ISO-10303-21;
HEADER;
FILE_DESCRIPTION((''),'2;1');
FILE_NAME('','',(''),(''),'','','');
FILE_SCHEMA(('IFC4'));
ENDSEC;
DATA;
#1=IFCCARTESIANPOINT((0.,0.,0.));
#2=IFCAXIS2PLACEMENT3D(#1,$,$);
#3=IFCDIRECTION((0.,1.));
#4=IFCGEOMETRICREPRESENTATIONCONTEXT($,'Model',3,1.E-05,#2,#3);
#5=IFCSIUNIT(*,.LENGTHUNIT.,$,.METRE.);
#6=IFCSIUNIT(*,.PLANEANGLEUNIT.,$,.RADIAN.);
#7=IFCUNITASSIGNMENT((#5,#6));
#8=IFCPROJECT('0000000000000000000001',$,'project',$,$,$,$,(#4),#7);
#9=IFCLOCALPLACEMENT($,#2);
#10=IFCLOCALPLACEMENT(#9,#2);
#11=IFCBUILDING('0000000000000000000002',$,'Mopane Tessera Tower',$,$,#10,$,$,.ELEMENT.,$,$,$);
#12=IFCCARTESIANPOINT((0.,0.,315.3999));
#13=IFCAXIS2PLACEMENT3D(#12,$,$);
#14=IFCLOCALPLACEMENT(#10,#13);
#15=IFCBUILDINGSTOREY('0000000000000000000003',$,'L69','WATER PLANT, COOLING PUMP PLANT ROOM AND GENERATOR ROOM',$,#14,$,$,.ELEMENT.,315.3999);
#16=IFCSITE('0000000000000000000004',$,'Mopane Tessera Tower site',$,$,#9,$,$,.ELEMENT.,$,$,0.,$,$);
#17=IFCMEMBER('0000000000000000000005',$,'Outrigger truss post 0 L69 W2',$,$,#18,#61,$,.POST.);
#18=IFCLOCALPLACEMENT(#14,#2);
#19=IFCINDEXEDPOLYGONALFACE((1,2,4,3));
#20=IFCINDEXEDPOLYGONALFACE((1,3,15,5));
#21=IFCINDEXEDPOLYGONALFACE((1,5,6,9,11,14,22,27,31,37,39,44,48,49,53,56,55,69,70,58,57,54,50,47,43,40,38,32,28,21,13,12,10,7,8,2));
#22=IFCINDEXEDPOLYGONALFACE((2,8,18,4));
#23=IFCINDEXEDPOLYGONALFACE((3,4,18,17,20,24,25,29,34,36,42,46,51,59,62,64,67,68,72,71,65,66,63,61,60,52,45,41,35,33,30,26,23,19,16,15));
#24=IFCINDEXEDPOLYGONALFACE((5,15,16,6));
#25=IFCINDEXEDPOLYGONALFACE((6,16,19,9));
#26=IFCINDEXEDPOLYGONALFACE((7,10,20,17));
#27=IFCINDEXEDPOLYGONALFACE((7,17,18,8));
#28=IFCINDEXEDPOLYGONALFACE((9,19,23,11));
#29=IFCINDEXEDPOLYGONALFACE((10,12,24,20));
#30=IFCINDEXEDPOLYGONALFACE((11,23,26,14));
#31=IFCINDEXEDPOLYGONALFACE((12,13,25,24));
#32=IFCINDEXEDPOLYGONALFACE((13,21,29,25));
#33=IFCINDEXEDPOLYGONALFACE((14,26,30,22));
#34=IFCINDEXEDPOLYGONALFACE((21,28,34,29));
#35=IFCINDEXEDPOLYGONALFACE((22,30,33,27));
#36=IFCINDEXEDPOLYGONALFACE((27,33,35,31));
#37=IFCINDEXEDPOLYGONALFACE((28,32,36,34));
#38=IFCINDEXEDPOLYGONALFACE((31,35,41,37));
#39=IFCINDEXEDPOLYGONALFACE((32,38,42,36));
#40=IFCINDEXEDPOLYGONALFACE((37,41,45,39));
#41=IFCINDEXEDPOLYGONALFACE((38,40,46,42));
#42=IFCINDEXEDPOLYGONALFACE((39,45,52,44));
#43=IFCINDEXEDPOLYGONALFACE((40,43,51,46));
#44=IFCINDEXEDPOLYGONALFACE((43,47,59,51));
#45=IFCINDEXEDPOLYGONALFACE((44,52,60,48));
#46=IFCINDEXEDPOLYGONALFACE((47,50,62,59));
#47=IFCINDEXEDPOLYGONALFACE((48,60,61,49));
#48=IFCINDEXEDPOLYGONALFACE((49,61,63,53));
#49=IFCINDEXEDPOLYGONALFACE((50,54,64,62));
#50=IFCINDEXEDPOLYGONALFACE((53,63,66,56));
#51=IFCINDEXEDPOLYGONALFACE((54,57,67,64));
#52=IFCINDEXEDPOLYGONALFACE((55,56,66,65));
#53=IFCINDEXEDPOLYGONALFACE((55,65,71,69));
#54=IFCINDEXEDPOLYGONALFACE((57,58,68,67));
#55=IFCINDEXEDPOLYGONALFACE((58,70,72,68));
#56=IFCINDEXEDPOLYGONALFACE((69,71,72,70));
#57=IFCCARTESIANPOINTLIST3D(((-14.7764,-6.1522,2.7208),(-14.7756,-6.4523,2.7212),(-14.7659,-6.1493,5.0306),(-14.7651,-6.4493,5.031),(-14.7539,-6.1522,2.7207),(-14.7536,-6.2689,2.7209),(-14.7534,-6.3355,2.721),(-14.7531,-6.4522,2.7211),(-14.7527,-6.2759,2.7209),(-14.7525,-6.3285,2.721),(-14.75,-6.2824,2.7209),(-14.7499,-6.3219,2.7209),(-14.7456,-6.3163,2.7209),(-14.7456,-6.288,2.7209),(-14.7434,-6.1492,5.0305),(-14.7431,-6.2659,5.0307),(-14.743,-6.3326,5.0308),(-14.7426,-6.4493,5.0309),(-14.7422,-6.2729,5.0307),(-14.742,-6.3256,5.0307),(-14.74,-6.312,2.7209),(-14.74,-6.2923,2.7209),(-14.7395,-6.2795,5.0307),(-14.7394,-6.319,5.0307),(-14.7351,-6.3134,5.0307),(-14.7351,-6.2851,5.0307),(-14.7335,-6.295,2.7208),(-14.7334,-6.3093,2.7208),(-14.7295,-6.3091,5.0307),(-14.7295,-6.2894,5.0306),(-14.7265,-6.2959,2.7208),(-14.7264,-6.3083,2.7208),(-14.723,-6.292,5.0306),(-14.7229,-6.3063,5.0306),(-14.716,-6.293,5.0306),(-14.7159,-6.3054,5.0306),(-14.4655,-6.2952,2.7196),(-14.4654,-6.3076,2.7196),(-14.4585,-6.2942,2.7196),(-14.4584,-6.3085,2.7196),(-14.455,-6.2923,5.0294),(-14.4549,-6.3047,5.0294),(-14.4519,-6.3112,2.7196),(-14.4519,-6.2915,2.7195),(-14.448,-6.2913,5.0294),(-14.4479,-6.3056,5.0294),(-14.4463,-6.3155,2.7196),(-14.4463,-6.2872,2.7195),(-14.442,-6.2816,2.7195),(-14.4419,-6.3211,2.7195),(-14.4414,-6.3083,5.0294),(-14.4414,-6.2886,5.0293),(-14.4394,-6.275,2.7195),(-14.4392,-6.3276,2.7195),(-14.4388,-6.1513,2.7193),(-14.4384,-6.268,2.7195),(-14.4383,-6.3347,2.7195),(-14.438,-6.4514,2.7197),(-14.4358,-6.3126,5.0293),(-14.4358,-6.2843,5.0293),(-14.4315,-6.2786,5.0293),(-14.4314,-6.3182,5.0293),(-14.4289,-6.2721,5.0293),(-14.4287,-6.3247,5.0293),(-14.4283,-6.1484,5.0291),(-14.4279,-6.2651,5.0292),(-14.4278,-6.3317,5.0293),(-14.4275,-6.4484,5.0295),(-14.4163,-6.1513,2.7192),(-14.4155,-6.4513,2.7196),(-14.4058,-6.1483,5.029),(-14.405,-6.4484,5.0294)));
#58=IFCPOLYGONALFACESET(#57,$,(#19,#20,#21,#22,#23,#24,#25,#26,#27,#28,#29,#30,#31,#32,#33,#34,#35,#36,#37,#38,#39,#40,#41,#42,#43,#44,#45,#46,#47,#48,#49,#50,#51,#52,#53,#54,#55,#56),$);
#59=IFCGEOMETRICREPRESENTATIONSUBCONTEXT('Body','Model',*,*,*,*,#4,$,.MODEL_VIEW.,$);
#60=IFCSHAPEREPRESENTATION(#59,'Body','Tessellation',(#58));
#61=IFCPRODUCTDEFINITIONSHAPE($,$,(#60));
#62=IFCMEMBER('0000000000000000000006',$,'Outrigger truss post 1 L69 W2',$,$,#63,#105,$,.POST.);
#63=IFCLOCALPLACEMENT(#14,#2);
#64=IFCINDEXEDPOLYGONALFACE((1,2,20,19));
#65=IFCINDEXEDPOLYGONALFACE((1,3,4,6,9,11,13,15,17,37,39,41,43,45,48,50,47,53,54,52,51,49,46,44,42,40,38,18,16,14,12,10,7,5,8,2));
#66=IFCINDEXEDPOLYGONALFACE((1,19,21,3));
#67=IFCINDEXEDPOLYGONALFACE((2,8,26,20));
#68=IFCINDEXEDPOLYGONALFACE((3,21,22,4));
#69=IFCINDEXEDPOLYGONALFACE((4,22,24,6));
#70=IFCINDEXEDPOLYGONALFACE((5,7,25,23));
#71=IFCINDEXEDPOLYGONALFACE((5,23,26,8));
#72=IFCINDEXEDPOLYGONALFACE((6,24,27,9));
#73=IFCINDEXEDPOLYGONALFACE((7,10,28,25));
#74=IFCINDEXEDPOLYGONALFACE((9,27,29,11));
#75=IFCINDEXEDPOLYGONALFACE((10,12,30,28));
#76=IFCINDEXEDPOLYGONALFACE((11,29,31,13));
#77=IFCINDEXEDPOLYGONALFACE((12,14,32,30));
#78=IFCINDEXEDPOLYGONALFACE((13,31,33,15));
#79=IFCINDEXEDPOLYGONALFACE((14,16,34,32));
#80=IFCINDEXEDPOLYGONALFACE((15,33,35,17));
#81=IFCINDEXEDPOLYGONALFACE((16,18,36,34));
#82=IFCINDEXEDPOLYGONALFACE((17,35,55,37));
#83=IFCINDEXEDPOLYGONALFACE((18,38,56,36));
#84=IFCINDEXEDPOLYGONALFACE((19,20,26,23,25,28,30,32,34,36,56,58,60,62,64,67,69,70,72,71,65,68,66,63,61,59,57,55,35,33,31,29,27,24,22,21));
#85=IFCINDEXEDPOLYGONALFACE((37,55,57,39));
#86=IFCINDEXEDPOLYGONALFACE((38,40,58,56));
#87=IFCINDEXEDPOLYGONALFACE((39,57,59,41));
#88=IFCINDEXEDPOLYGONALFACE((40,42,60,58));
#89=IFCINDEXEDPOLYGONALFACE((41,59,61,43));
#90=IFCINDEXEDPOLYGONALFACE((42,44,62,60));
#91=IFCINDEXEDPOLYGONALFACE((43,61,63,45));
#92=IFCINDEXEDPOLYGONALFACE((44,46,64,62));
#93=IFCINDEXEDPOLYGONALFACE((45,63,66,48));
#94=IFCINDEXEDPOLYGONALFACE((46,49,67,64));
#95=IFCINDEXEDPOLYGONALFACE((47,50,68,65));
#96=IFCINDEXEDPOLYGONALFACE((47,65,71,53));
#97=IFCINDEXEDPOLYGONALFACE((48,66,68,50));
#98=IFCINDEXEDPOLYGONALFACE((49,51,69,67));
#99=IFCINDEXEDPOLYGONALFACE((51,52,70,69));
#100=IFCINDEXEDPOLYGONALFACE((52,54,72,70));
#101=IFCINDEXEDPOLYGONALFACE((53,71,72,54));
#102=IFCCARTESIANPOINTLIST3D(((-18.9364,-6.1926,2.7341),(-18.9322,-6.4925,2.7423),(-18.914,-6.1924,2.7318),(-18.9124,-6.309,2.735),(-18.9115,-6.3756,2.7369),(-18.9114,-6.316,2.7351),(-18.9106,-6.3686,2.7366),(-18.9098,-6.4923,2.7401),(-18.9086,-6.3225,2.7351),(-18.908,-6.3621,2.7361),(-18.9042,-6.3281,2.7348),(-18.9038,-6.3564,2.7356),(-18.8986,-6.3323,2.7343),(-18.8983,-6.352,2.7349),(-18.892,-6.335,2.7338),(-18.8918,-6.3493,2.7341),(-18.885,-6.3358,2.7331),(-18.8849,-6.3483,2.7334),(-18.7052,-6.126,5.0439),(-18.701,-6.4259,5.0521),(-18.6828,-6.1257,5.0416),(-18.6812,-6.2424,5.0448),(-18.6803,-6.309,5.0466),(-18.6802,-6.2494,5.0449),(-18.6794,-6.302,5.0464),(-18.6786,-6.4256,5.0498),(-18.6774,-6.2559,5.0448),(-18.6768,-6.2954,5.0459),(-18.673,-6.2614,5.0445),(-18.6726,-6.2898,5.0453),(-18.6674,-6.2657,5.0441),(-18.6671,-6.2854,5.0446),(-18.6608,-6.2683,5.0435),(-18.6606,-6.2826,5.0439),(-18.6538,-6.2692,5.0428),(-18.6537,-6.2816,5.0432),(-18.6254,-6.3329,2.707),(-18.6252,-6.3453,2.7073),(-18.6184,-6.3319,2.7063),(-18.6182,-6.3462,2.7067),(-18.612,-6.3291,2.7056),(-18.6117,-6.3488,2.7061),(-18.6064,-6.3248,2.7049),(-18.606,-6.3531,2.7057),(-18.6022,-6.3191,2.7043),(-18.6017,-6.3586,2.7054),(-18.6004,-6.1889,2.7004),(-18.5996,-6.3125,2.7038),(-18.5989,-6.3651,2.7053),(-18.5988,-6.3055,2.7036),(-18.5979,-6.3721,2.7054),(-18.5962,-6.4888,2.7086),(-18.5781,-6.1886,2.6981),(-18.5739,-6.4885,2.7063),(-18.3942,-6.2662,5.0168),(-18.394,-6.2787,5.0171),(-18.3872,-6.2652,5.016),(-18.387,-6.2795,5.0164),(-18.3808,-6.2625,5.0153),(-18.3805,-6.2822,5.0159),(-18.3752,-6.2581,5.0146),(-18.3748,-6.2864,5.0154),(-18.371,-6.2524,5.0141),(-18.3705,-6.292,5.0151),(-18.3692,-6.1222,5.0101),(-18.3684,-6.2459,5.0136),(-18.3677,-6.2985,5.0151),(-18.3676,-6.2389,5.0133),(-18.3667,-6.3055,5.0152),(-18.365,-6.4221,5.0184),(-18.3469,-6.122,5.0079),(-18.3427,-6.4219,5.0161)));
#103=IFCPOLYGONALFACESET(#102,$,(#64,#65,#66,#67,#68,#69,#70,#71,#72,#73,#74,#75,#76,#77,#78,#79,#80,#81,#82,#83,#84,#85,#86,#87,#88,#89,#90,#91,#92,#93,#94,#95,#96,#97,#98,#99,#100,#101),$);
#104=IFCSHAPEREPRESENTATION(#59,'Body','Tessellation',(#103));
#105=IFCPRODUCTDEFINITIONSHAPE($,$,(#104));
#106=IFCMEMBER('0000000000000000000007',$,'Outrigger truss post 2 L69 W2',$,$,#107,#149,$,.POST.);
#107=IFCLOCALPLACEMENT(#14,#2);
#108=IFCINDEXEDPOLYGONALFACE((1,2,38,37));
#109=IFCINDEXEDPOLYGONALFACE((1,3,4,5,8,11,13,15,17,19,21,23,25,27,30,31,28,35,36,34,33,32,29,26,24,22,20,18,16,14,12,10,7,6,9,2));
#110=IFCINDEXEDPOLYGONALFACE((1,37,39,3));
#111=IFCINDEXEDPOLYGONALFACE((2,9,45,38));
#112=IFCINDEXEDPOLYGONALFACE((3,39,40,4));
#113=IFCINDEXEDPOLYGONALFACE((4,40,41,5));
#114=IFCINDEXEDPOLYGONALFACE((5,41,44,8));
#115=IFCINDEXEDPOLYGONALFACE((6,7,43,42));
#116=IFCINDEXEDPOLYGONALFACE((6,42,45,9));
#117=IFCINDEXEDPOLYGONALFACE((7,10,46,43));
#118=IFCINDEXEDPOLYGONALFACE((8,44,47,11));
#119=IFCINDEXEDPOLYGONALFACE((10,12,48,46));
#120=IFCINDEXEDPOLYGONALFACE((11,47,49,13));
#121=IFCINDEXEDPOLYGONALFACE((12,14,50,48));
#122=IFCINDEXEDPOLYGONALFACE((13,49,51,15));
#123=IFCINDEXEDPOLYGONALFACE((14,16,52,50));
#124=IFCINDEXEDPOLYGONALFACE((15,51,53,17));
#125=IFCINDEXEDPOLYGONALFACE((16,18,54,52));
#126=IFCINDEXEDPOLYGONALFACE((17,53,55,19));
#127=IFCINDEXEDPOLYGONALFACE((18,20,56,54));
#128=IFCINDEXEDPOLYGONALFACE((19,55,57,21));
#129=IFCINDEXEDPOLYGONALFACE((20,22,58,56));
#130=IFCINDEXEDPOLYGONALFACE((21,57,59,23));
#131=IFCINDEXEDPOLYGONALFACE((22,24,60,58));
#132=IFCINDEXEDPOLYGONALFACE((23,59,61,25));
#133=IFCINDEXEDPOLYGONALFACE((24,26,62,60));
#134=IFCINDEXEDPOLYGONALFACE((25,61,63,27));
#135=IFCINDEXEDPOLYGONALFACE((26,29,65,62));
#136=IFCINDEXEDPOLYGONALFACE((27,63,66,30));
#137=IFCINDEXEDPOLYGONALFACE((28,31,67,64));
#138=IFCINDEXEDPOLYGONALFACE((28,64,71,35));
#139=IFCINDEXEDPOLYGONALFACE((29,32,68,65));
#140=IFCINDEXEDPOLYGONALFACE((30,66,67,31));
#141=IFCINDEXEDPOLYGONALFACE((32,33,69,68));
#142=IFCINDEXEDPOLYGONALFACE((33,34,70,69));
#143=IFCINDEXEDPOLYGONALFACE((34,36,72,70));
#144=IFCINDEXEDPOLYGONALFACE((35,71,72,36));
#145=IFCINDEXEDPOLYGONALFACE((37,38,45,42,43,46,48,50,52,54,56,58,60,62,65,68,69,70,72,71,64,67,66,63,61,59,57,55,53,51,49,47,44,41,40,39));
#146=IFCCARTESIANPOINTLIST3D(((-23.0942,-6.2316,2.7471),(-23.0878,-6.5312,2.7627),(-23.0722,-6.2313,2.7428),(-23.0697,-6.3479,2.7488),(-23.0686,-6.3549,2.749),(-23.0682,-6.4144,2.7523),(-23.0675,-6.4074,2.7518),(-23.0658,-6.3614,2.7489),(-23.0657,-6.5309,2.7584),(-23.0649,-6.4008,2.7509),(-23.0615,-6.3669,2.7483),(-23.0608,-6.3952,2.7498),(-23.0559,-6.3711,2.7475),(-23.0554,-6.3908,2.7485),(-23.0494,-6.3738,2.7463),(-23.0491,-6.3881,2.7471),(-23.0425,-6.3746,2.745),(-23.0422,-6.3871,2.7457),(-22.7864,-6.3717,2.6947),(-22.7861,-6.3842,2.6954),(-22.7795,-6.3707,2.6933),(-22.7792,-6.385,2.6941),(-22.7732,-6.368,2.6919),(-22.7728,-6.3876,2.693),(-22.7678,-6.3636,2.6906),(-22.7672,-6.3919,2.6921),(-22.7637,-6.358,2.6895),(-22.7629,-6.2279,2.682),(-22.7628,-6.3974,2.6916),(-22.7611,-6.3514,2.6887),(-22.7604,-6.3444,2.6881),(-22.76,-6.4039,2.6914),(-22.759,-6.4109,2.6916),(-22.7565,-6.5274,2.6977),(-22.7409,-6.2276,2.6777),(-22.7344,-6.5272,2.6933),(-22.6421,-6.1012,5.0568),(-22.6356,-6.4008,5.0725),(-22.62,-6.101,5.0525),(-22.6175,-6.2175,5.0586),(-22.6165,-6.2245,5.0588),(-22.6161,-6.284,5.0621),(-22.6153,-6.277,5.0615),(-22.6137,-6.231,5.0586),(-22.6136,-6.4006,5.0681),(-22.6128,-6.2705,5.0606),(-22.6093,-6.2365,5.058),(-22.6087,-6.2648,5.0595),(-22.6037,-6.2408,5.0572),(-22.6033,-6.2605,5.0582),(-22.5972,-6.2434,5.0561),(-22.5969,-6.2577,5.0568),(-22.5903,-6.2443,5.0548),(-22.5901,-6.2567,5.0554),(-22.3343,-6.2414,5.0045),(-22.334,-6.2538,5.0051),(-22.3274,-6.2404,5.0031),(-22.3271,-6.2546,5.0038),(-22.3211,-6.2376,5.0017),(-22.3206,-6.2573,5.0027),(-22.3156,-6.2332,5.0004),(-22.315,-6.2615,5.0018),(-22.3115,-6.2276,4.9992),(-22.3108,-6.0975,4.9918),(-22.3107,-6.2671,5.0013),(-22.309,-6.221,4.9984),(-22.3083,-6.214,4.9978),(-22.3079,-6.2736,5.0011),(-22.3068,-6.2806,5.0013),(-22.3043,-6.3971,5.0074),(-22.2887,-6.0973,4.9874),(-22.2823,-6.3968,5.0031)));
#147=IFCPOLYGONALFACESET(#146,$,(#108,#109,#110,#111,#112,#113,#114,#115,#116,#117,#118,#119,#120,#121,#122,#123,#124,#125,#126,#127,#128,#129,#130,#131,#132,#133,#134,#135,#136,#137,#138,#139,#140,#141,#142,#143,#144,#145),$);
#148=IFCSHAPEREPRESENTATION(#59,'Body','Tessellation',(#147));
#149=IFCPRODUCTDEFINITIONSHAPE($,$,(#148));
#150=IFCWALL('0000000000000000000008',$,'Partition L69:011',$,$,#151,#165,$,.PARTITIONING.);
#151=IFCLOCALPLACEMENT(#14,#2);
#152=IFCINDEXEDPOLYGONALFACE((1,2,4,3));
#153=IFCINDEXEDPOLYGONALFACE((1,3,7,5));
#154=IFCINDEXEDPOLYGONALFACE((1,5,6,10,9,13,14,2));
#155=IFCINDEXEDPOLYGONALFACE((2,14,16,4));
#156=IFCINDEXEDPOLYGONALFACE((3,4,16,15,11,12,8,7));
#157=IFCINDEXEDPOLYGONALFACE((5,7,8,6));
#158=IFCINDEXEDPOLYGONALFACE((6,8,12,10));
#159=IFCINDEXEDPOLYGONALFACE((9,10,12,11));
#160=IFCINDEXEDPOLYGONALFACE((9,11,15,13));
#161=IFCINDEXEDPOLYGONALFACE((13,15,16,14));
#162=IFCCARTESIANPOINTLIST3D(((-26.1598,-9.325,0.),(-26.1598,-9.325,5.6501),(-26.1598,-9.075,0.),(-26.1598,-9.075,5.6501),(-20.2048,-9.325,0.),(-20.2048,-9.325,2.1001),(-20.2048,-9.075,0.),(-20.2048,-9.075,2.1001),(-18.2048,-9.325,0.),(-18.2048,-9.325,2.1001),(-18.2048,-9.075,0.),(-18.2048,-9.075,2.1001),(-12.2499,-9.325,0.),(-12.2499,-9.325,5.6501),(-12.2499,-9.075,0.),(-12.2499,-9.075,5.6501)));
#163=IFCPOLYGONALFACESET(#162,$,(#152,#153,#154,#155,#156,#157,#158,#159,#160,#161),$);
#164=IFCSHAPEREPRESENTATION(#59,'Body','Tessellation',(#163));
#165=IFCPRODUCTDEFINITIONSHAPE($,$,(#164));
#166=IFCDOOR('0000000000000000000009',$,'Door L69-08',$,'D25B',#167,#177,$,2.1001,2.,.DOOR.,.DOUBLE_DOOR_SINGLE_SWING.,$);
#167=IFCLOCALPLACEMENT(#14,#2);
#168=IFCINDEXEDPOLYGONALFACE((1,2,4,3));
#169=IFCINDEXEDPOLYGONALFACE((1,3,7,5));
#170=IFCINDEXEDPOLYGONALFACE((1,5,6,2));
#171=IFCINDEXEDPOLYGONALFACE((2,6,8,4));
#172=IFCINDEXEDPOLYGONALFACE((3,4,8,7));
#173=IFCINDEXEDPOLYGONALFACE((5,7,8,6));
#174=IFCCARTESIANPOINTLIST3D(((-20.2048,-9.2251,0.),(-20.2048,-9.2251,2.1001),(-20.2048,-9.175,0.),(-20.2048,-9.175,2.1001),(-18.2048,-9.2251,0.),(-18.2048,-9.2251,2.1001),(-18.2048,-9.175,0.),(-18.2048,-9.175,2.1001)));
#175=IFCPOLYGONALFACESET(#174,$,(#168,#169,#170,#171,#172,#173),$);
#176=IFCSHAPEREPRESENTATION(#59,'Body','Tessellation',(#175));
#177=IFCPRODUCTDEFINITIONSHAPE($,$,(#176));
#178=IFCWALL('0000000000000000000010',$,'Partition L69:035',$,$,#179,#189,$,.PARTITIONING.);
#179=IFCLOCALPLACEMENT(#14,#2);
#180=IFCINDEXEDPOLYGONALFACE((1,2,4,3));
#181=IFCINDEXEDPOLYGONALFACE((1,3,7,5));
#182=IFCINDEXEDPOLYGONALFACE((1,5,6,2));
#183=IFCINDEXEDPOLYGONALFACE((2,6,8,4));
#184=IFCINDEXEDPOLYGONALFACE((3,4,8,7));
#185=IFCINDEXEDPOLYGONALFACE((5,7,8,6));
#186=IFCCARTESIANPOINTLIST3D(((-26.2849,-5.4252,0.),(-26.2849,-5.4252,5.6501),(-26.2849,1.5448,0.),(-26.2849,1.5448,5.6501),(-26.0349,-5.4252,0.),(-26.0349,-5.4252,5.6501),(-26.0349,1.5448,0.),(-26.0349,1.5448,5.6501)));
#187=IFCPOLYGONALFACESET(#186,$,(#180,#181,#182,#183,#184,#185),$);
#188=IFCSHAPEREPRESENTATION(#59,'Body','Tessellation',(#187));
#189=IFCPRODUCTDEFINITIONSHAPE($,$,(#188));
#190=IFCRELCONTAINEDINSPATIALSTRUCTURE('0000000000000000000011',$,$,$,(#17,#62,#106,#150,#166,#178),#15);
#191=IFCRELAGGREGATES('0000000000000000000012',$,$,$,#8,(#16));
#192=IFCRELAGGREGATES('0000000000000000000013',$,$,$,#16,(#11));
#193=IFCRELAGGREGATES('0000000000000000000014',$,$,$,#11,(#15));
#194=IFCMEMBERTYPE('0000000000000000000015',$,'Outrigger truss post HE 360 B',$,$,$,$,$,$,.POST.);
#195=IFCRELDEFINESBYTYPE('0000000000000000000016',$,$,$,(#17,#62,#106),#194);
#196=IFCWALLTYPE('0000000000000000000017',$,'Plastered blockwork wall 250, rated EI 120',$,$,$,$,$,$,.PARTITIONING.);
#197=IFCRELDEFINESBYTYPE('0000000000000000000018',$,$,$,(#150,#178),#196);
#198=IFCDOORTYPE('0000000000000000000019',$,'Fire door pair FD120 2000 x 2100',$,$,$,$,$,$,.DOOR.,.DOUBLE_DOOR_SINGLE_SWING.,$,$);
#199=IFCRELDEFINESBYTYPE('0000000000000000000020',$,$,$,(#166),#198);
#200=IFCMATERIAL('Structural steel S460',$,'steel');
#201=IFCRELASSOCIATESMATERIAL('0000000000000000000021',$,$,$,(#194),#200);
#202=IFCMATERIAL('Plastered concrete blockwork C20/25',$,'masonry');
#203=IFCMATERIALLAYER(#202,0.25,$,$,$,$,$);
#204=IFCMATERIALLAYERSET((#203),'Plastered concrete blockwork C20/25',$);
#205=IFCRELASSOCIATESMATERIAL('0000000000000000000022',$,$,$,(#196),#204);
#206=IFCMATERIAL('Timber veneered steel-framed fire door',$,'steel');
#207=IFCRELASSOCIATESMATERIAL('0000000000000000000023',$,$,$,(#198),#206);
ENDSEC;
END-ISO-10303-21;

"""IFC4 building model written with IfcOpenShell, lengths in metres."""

from ifc_helpers import new_model, si_unit, direction, frame, frame_2d, origin, origin_2d, place, context, subcontext, project, spatial, rectangle, i_section, extrude, material, layer, layer_set, material_profile, profile_set, type_object, element, fill, save


model = new_model("IFC4")

# Units and contexts
model_context = context("Model", 3, precision=1e-05, world=origin(), true_north=direction((0.0, 1.0)))
body_context = subcontext(model_context, "Body", "Model", "MODEL_VIEW")
ifc_project = project(units=[si_unit("LENGTHUNIT", "METRE"), si_unit("PLANEANGLEUNIT", "RADIAN")], contexts=[model_context])

# Site, building, storey
site_placement = place(None, origin())
site = spatial("IfcSite", under=ifc_project, at=site_placement, Name="Mopane Tessera Tower site", CompositionType="ELEMENT", RefElevation=0.0)
building_placement = place(site_placement, origin())
building = spatial("IfcBuilding", under=site, at=building_placement, Name="Mopane Tessera Tower", CompositionType="ELEMENT")
storey_placement = place(building_placement, frame((0.0, 0.0, 315.3999)))
storey = spatial("IfcBuildingStorey", under=building, at=storey_placement, Name="L69", Description="WATER PLANT, COOLING PUMP PLANT ROOM AND GENERATOR ROOM", CompositionType="ELEMENT", Elevation=315.3999)

# Members
ifc_material_1 = material(Name="Structural steel S460", Category="steel")
ifc_material_profile_1 = material_profile(ifc_material_1, i_section(OverallWidth=0.3, OverallDepth=0.3601, WebThickness=0.0125, FlangeThickness=0.0225, FilletRadius=0.0271, at=origin_2d()))
ifc_profile_set_1 = profile_set([ifc_material_profile_1], Name="Structural steel S460")
member_type_1 = type_object("IfcMemberType", Name="Outrigger truss post HE 360 B", PredefinedType="POST", material=ifc_profile_set_1)
member_1_placement = place(storey_placement, frame((-14.5959, -6.3018, 2.7202), z_axis=(0.004545, 0.001268, 0.999989), x_axis=(0.002684, -0.999996, 0.001256)))
element("IfcMember", 1, at=member_1_placement, inside=storey, type_object=member_type_1, Name="Outrigger truss post 0 L69 W2", PredefinedType="POST", context=body_context, shape_type="SweptSolid", body=[
    extrude(i_section(OverallWidth=0.3, OverallDepth=0.3601, WebThickness=0.0125, FlangeThickness=0.0225, FilletRadius=0.0271, at=origin_2d()), origin(), (0.0, 0.0, 1.0), 2.3098),
])
member_2_placement = place(storey_placement, frame((-18.7551, -6.3406, 2.7202), z_axis=(0.099556, 0.0287, 0.994618), x_axis=(0.013954, -0.999526, 0.027445)))
element("IfcMember", 2, at=member_2_placement, inside=storey, type_object=member_type_1, Name="Outrigger truss post 1 L69 W2", PredefinedType="POST", context=body_context, shape_type="SweptSolid", body=[
    extrude(i_section(OverallWidth=0.3, OverallDepth=0.3601, WebThickness=0.0125, FlangeThickness=0.0225, FilletRadius=0.0271, at=origin_2d()), origin(), (0.0, 0.0, 1.0), 2.3223),
])
member_3_placement = place(storey_placement, frame((-22.9143, -6.3794, 2.7202), z_axis=(0.191811, 0.055306, 0.979872), x_axis=(0.021478, -0.998408, 0.052148)))
element("IfcMember", 3, at=member_3_placement, inside=storey, type_object=member_type_1, Name="Outrigger truss post 2 L69 W2", PredefinedType="POST", context=body_context, shape_type="SweptSolid", body=[
    extrude(i_section(OverallWidth=0.3, OverallDepth=0.3601, WebThickness=0.0125, FlangeThickness=0.0225, FilletRadius=0.0271, at=origin_2d()), origin(), (0.0, 0.0, 1.0), 2.3572),
])

# Wall, opening, door
ifc_material_2 = material(Name="Plastered concrete blockwork C20/25", Category="masonry")
ifc_layer_1 = layer(ifc_material_2, 0.25)
ifc_layer_set_1 = layer_set([ifc_layer_1], Name="Plastered concrete blockwork C20/25")
wall_type = type_object("IfcWallType", Name="Plastered blockwork wall 250, rated EI 120", PredefinedType="PARTITIONING", material=ifc_layer_set_1)
wall_1_placement = place(storey_placement, frame((-26.1599, -9.2, 0.0), z_axis=(0.0, 0.0, 1.0), x_axis=(1.0, 0.0, 0.0)))
wall_1 = element("IfcWall", 4, at=wall_1_placement, inside=storey, type_object=wall_type, Name="Partition L69:011", PredefinedType="PARTITIONING", context=body_context, shape_type="SweptSolid", body=[
    extrude(rectangle(XDim=13.9099, YDim=0.25, at=frame_2d((6.9551, 0.0))), origin(), (0.0, 0.0, 1.0), 5.6501),
])
opening_1_placement = place(wall_1_placement, frame((5.9551, 0.0, 0.0)))
opening_1 = element("IfcOpeningElement", 5, at=opening_1_placement, cuts=wall_1, PredefinedType="OPENING", context=body_context, shape_type="SweptSolid", body=[
    extrude(rectangle(XDim=2.0, YDim=2.1001, at=frame_2d((1.0, 1.05))), frame((0.0, 0.137, 0.0), z_axis=(0.0, -1.0, 0.0), x_axis=(1.0, 0.0, 0.0)), (0.0, 0.0, 1.0), 0.2739),
])
ifc_material_3 = material(Name="Timber veneered steel-framed fire door", Category="steel")
door_type_1 = type_object("IfcDoorType", Name="Fire door pair FD120 2000 x 2100", OperationType="DOUBLE_DOOR_SINGLE_SWING", PredefinedType="DOOR", material=ifc_material_3)
door_1_placement = place(opening_1_placement, origin())
door_1 = element("IfcDoor", 6, at=door_1_placement, inside=storey, type_object=door_type_1, Name="Door L69-08", ObjectType="D25B", OperationType="DOUBLE_DOOR_SINGLE_SWING", OverallHeight=2.1001, OverallWidth=2.0, PredefinedType="DOOR", context=body_context, shape_type="SweptSolid", body=[
    extrude(rectangle(XDim=2.0, YDim=2.1001, at=frame_2d((1.0, 1.05))), frame((0.0, 0.0249, 0.0), z_axis=(0.0, -1.0, 0.0), x_axis=(1.0, 0.0, 0.0)), (0.0, 0.0, 1.0), 0.05),
])
fill(opening_1, door_1)

# Wall
wall_2_placement = place(storey_placement, frame((-26.1599, -5.425, 0.0), z_axis=(0.0, 0.0, 1.0), x_axis=(0.0, 1.0, 0.0)))
element("IfcWall", 7, at=wall_2_placement, inside=storey, type_object=wall_type, Name="Partition L69:035", PredefinedType="PARTITIONING", context=body_context, shape_type="SweptSolid", body=[
    extrude(rectangle(XDim=6.97, YDim=0.25, at=frame_2d((3.4849, 0.0))), origin(), (0.0, 0.0, 1.0), 5.6501),
])

save(model, "model.ifc")
